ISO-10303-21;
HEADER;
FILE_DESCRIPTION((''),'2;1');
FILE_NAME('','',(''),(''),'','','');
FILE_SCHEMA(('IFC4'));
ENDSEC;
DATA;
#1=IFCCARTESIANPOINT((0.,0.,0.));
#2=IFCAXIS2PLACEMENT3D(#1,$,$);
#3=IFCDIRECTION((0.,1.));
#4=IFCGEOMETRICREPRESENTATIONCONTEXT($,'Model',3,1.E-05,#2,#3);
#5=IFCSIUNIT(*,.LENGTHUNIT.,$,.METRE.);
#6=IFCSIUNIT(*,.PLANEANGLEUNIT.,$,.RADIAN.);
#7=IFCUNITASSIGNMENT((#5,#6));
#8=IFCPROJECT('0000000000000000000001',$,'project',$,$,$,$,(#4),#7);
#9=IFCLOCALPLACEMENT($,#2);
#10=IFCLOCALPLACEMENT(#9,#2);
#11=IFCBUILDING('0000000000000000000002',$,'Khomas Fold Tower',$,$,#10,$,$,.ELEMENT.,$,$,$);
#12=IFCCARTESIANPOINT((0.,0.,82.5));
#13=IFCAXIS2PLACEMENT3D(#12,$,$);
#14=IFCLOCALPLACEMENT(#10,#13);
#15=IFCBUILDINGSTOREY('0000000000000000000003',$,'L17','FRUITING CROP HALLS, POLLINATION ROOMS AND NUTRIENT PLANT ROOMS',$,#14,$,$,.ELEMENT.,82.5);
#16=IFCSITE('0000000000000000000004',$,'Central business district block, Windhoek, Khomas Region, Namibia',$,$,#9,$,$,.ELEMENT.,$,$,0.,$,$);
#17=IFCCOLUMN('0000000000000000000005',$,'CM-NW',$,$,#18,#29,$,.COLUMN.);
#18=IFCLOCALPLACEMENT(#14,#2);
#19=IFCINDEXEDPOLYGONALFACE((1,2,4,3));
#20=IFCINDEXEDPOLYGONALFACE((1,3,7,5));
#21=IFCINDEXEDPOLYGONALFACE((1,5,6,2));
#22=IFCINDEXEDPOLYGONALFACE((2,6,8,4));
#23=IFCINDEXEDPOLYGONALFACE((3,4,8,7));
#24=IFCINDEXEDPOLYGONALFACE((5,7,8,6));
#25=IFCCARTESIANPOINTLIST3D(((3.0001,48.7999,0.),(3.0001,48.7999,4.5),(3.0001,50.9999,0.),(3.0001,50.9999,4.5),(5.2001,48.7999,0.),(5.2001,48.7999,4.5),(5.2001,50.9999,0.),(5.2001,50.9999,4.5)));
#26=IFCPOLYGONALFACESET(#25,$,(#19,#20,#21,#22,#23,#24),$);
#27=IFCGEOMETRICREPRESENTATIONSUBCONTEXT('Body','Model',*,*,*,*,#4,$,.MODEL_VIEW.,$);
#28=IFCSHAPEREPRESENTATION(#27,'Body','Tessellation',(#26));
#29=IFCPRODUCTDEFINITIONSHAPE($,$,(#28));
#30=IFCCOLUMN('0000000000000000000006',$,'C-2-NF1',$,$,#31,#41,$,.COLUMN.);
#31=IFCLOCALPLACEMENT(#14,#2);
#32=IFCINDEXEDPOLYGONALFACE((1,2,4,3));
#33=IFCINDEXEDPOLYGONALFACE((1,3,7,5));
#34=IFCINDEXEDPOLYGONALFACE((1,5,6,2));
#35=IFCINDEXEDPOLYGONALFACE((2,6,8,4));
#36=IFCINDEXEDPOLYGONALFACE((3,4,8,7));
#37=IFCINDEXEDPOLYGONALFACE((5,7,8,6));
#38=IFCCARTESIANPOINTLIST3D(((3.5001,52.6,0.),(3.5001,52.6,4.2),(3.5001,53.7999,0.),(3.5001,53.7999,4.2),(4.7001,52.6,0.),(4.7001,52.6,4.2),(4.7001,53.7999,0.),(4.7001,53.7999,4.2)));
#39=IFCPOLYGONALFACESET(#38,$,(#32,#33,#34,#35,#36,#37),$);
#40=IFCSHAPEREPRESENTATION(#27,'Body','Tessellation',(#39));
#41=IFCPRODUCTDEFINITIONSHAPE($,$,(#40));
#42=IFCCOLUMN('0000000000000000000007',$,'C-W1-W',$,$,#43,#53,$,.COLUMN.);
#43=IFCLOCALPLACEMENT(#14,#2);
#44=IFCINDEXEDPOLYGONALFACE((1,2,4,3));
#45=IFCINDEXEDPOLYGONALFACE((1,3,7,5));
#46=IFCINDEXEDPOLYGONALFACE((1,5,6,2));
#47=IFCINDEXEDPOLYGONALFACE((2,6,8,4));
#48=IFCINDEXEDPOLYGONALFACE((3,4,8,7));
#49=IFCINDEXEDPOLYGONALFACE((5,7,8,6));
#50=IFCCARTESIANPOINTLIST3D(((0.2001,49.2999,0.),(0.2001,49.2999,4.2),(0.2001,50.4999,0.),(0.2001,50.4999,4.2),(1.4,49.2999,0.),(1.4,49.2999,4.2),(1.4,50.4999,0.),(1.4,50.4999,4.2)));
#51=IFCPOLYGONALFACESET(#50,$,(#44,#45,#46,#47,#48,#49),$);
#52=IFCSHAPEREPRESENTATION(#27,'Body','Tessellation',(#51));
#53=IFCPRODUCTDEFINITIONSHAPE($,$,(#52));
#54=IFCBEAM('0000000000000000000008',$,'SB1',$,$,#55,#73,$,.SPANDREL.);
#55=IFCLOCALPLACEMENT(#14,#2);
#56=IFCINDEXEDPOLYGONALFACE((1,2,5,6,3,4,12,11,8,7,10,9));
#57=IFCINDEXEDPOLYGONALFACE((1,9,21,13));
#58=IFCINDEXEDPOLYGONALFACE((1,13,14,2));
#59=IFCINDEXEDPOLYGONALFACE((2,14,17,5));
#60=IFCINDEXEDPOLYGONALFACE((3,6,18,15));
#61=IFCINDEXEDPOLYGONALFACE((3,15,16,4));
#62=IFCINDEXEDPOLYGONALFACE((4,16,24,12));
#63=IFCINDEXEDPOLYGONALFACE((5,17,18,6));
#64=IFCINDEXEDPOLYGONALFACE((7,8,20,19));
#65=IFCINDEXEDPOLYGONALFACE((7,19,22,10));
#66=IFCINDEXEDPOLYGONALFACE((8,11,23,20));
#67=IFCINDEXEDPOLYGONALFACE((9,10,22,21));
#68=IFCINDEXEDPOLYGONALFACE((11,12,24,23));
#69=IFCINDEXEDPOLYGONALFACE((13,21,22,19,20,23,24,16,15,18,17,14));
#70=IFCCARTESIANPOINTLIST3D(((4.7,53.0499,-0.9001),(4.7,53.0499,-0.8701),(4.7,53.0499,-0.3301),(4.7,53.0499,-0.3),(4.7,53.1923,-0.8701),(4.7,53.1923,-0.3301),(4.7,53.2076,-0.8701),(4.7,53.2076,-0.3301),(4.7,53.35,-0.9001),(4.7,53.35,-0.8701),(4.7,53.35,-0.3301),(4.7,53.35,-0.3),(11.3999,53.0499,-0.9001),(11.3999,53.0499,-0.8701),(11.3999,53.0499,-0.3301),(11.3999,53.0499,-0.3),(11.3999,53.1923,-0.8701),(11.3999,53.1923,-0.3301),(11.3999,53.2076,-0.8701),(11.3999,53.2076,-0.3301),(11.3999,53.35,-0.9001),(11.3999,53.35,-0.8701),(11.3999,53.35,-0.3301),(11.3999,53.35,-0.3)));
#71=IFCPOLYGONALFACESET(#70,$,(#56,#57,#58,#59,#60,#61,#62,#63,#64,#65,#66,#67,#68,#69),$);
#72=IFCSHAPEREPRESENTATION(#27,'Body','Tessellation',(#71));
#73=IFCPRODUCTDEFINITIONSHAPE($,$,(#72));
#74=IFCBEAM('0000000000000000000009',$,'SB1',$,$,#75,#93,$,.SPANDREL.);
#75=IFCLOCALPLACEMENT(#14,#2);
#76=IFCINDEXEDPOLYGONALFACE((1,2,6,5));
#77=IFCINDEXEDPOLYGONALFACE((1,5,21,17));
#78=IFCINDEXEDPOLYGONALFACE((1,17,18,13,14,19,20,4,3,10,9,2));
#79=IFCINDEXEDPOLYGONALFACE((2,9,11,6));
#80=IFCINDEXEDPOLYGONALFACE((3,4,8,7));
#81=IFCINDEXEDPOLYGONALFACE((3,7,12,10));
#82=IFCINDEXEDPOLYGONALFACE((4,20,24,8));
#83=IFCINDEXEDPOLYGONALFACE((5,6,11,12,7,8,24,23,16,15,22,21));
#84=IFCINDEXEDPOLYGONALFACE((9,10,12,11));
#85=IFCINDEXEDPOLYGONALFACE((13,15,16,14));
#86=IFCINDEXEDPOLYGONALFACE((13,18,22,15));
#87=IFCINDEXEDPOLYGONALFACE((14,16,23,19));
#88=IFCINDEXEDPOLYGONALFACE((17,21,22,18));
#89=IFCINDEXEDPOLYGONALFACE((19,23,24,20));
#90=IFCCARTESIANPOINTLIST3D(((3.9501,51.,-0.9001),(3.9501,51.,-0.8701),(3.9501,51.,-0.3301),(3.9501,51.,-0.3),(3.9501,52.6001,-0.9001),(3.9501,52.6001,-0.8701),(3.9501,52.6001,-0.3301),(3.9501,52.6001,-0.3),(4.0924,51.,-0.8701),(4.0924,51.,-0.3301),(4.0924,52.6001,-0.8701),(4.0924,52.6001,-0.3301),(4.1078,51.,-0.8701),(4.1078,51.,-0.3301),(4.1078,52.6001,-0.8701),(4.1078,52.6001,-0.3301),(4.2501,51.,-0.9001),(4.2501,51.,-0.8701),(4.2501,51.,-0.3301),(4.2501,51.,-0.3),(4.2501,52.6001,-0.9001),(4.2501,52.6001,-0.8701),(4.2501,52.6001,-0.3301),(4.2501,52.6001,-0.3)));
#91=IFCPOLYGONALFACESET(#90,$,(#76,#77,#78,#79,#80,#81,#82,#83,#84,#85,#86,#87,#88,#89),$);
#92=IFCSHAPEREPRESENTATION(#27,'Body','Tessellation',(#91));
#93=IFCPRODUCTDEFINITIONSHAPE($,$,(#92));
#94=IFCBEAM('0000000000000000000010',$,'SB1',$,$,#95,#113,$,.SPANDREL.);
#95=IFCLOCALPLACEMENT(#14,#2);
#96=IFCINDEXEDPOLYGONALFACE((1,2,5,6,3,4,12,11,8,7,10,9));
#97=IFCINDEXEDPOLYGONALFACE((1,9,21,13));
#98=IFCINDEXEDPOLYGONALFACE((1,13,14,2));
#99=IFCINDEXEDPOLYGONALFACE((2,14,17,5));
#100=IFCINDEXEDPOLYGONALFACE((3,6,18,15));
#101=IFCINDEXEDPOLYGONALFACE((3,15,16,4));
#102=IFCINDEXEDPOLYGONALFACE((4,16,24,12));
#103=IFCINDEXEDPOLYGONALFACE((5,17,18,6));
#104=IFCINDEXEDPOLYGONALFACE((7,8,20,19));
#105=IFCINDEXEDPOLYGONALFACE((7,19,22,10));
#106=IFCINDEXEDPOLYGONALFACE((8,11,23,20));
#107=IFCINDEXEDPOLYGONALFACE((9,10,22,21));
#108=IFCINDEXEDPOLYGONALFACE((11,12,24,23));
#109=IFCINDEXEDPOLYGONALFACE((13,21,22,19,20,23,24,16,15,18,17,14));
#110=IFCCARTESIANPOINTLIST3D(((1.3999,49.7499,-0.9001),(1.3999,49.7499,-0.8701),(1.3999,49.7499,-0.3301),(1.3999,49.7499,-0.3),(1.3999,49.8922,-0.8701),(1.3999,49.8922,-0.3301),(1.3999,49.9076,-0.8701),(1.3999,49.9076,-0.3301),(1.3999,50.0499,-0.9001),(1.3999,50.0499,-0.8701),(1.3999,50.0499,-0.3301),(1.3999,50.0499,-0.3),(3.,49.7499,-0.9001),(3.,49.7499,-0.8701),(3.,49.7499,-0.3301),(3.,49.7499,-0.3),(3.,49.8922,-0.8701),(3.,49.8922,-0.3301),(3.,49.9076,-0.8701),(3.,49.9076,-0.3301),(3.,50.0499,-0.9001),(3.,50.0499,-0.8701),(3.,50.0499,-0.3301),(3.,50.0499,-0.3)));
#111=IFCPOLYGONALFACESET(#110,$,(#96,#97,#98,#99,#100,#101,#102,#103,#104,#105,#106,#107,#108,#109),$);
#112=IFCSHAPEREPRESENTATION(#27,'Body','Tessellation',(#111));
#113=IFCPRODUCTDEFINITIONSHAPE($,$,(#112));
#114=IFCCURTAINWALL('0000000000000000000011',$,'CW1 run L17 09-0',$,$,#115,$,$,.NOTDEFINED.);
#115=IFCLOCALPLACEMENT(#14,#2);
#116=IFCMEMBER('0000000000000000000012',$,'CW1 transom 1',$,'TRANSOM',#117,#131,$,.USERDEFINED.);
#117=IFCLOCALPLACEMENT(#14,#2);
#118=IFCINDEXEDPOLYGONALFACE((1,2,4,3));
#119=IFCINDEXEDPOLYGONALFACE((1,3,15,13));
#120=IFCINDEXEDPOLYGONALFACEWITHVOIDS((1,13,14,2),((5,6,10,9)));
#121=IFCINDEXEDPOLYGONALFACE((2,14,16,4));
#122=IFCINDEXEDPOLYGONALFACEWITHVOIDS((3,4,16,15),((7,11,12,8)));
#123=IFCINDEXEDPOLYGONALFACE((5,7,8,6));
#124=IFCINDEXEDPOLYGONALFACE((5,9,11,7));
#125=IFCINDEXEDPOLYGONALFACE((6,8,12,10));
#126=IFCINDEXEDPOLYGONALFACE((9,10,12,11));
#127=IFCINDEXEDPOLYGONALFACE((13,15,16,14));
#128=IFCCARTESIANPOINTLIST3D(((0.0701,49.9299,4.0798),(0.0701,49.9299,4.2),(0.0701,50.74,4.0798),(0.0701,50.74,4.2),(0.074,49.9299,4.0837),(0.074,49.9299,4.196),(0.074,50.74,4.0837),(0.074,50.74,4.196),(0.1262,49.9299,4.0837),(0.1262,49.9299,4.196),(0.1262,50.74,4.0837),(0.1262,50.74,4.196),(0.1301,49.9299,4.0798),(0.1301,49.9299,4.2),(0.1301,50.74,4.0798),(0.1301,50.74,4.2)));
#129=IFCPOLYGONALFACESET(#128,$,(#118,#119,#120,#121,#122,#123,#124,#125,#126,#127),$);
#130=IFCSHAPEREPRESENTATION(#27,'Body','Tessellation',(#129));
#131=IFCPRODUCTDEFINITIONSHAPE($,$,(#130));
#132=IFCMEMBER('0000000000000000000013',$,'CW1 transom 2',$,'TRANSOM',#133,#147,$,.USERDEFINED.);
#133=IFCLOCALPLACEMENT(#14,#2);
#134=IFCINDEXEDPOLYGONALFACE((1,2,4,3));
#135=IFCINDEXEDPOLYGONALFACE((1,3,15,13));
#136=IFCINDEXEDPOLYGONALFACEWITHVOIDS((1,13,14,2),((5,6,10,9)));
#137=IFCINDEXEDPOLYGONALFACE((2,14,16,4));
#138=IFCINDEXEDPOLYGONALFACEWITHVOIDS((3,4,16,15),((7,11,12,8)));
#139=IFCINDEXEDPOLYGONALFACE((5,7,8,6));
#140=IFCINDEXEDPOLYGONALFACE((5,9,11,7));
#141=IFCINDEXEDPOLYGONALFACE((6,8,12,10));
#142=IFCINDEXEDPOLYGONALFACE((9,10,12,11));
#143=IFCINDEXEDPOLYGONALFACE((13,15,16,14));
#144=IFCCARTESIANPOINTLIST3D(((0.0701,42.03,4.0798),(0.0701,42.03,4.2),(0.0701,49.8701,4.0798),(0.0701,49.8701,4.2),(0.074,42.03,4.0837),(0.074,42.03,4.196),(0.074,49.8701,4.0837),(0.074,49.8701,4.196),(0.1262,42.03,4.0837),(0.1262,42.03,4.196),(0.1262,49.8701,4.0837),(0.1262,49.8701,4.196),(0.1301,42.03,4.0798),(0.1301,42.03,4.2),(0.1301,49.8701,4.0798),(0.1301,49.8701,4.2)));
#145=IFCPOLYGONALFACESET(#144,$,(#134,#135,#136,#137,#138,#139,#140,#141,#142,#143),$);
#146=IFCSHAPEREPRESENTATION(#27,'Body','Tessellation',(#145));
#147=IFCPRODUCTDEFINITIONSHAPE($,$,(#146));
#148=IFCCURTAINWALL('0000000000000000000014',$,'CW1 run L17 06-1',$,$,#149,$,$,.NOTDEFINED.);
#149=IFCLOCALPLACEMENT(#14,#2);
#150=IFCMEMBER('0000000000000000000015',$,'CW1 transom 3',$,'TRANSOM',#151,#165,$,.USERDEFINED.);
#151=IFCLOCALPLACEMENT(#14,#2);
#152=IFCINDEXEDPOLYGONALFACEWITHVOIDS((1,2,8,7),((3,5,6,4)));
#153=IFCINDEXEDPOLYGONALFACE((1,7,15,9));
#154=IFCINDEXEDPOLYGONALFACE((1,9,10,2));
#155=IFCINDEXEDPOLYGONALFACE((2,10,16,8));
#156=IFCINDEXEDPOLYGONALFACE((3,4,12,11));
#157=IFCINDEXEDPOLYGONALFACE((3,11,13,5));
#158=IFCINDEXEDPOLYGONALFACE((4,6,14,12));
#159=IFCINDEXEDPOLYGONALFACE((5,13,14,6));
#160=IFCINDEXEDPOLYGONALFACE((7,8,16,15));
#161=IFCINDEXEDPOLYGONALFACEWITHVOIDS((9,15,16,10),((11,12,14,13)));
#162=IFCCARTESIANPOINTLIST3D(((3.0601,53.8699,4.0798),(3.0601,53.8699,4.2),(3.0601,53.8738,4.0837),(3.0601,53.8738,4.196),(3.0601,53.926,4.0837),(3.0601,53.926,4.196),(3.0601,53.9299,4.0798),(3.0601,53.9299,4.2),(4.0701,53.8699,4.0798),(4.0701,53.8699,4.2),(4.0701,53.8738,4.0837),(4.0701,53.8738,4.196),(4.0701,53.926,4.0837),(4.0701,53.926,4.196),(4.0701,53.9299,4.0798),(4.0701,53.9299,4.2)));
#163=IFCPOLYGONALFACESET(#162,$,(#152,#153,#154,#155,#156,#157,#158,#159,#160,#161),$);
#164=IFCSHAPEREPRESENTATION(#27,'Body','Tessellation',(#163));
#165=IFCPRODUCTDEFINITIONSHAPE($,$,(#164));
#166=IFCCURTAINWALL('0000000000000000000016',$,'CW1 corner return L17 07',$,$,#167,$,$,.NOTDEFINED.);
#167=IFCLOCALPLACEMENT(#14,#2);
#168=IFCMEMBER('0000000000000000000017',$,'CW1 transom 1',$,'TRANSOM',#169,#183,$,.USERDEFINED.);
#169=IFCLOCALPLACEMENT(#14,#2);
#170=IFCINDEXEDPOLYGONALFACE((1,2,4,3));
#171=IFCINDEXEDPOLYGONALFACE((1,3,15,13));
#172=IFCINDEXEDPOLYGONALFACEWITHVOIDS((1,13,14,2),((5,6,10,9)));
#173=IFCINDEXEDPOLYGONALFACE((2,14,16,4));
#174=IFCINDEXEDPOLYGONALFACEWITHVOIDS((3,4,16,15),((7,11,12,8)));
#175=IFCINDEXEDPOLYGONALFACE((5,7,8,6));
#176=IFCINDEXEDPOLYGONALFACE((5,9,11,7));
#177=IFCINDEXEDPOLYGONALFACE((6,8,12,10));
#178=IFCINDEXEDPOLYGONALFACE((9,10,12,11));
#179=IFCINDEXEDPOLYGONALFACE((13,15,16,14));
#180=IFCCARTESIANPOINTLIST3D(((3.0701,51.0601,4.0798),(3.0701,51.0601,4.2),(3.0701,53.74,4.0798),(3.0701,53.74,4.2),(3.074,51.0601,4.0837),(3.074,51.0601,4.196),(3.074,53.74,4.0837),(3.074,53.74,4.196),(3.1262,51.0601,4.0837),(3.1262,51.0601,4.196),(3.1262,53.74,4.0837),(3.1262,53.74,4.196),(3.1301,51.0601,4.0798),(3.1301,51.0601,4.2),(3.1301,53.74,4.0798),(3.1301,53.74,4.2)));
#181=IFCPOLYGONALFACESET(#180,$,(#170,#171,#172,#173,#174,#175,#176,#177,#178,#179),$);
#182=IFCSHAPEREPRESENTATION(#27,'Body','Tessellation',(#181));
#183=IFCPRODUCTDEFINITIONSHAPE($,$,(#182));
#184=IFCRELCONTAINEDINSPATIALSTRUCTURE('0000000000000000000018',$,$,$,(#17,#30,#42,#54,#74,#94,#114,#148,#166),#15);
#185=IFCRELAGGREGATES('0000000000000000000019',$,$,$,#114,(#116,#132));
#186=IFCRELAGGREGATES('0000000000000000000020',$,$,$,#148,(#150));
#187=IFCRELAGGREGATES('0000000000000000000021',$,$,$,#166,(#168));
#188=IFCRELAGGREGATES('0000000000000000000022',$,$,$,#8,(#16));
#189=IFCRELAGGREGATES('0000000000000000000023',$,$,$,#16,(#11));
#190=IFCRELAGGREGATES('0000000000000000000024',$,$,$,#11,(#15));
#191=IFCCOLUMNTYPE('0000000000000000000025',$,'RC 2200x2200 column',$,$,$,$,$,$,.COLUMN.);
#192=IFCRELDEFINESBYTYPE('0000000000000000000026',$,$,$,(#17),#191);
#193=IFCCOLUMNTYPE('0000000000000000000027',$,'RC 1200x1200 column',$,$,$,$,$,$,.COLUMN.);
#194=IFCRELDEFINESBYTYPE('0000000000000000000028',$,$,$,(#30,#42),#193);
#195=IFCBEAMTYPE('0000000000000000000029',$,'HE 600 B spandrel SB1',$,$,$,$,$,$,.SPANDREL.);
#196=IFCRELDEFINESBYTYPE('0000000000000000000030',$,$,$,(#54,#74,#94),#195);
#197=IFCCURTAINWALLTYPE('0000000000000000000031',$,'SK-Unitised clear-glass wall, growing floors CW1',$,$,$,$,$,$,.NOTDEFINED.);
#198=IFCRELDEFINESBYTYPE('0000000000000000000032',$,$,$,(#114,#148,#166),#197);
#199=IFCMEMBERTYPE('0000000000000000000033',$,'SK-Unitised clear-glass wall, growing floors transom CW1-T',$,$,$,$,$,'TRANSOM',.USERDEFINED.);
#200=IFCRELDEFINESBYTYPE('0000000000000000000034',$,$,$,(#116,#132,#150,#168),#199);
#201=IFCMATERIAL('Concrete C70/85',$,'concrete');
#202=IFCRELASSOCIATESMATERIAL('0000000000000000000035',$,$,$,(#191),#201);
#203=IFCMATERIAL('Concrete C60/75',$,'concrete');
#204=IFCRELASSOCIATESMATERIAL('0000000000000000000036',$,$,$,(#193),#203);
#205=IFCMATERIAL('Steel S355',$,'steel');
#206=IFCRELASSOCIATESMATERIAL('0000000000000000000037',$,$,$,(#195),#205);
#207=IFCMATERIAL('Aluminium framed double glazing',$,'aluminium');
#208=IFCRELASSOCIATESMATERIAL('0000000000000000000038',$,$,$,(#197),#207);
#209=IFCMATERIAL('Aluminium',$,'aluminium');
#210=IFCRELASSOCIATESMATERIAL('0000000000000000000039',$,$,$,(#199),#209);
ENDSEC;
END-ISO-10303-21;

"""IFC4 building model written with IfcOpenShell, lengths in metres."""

from ifc_helpers import new_model, si_unit, direction, frame, origin, origin_2d, place, context, subcontext, project, spatial, rectangle, hollow_rectangle, i_section, extrude, source, transform, mapped, material, material_profile, profile_set, type_object, element, aggregate, save


model = new_model("IFC4")

# Units and contexts
model_context = context("Model", 3, precision=1e-05, world=origin(), true_north=direction((0.0, 1.0)))
body_context = subcontext(model_context, "Body", "Model", "MODEL_VIEW")
ifc_project = project(units=[si_unit("LENGTHUNIT", "METRE"), si_unit("PLANEANGLEUNIT", "RADIAN")], contexts=[model_context])

# Site, building, storey
site_placement = place(None, origin())
site = spatial("IfcSite", under=ifc_project, at=site_placement, Name="Central business district block, Windhoek, Khomas Region, Namibia", CompositionType="ELEMENT", RefElevation=0.0)
building_placement = place(site_placement, origin())
building = spatial("IfcBuilding", under=site, at=building_placement, Name="Khomas Fold Tower", CompositionType="ELEMENT")
storey_placement = place(building_placement, frame((0.0, 0.0, 82.5)))
storey = spatial("IfcBuildingStorey", under=building, at=storey_placement, Name="L17", Description="FRUITING CROP HALLS, POLLINATION ROOMS AND NUTRIENT PLANT ROOMS", CompositionType="ELEMENT", Elevation=82.5)

# Columns
ifc_material_1 = material(Name="Concrete C70/85", Category="concrete")
ifc_material_profile_1 = material_profile(ifc_material_1, rectangle(XDim=2.2, YDim=2.2, at=origin_2d()), Name="RC 2200x2200")
ifc_profile_set_1 = profile_set([ifc_material_profile_1], Name="Concrete C70/85")
column_type_1 = type_object("IfcColumnType", Name="RC 2200x2200 column", PredefinedType="COLUMN", material=ifc_profile_set_1)
shared_shape_1 = source(origin(), body_context, "Body", "SweptSolid", [
    extrude(rectangle(XDim=2.2, YDim=2.2, at=origin_2d()), origin(), (0.0, 0.0, 1.0), 4.5),
])
column_placement = place(storey_placement, frame((4.1001, 49.8999, 0.0), z_axis=(0.0, 0.0, 1.0), x_axis=(1.0, 0.0, 0.0)))
element("IfcColumn", 1, at=column_placement, inside=storey, type_object=column_type_1, Name="CM-NW", PredefinedType="COLUMN", context=body_context, shape_type="MappedRepresentation", body=[
    mapped(shared_shape_1, transform((0.0, 0.0, 0.0))),
])
ifc_material_2 = material(Name="Concrete C60/75", Category="concrete")
ifc_material_profile_2 = material_profile(ifc_material_2, rectangle(XDim=1.2, YDim=1.2, at=origin_2d()), Name="RC 1200x1200")
ifc_profile_set_2 = profile_set([ifc_material_profile_2], Name="Concrete C60/75")
column_type_2 = type_object("IfcColumnType", Name="RC 1200x1200 column", PredefinedType="COLUMN", material=ifc_profile_set_2)
shared_shape_2 = source(origin(), body_context, "Body", "SweptSolid", [
    extrude(rectangle(XDim=1.2, YDim=1.2, at=origin_2d()), origin(), (0.0, 0.0, 1.0), 4.2),
])
for number, where, z_axis, x_axis, name in (
    (2, (4.1001, 53.2, 0.0), (0.0, 0.0, 1.0), (1.0, 0.0, 0.0), "C-2-NF1"),
    (3, (0.8, 49.8999, 0.0), (0.0, 0.0, 1.0), (1.0, 0.0, 0.0), "C-W1-W"),
):
    element("IfcColumn", number, at=place(storey_placement, frame(where, z_axis=z_axis, x_axis=x_axis)), inside=storey, type_object=column_type_2, Name=name, PredefinedType="COLUMN", context=body_context, shape_type="MappedRepresentation", body=[
        mapped(shared_shape_2, transform((0.0, 0.0, 0.0))),
    ])

# Beams
ifc_material_3 = material(Name="Steel S355", Category="steel")
ifc_material_profile_3 = material_profile(ifc_material_3, i_section(OverallWidth=0.3, OverallDepth=0.6001, WebThickness=0.0154, FlangeThickness=0.03, at=origin_2d()), Name="HE 600 B")
ifc_profile_set_3 = profile_set([ifc_material_profile_3], Name="Steel S355")
beam_type = type_object("IfcBeamType", Name="HE 600 B spandrel SB1", PredefinedType="SPANDREL", material=ifc_profile_set_3)
shared_shape_3 = source(origin(), body_context, "Body", "SweptSolid", [
    extrude(i_section(OverallWidth=0.3, OverallDepth=0.6001, WebThickness=0.0154, FlangeThickness=0.03, at=origin_2d()), origin(), (0.0, 0.0, 1.0), 6.7),
])
beam_placement = place(storey_placement, frame((4.7, 53.2, -0.6001), z_axis=(1.0, 0.0, 0.0), x_axis=(0.0, 1.0, 0.0)))
element("IfcBeam", 4, at=beam_placement, inside=storey, type_object=beam_type, Name="SB1", PredefinedType="SPANDREL", context=body_context, shape_type="MappedRepresentation", body=[
    mapped(shared_shape_3, transform((0.0, 0.0, 0.0))),
])
shared_shape_4 = source(origin(), body_context, "Body", "SweptSolid", [
    extrude(i_section(OverallWidth=0.3, OverallDepth=0.6001, WebThickness=0.0154, FlangeThickness=0.03, at=origin_2d()), origin(), (0.0, 0.0, 1.0), 1.6001),
])
for number, where, z_axis, x_axis, name in (
    (5, (4.1001, 51.0, -0.6001), (0.0, 1.0, 0.0), (-1.0, 0.0, 0.0), "SB1"),
    (6, (1.3999, 49.8999, -0.6001), (1.0, 0.0, 0.0), (0.0, 1.0, 0.0), "SB1"),
):
    element("IfcBeam", number, at=place(storey_placement, frame(where, z_axis=z_axis, x_axis=x_axis)), inside=storey, type_object=beam_type, Name=name, PredefinedType="SPANDREL", context=body_context, shape_type="MappedRepresentation", body=[
        mapped(shared_shape_4, transform((0.0, 0.0, 0.0))),
    ])

# Curtain wall, members
ifc_material_4 = material(Name="Aluminium framed double glazing", Category="aluminium")
curtain_wall_type = type_object("IfcCurtainWallType", Name="SK-Unitised clear-glass wall, growing floors CW1", PredefinedType="NOTDEFINED", material=ifc_material_4)
curtain_wall_1_placement = place(storey_placement, origin())
curtain_wall_1 = element("IfcCurtainWall", 7, at=curtain_wall_1_placement, inside=storey, type_object=curtain_wall_type, Name="CW1 run L17 09-0", PredefinedType="NOTDEFINED")
ifc_material_5 = material(Name="Aluminium", Category="aluminium")
ifc_material_profile_4 = material_profile(ifc_material_5, hollow_rectangle(XDim=0.0601, YDim=0.1201, WallThickness=0.0039, at=origin_2d()), Name="SK-Unitised clear-glass wall, growing floors transom CW1-T")
ifc_profile_set_4 = profile_set([ifc_material_profile_4], Name="Aluminium")
member_type_1 = type_object("IfcMemberType", Name="SK-Unitised clear-glass wall, growing floors transom CW1-T", ElementType="TRANSOM", PredefinedType="USERDEFINED", material=ifc_profile_set_4)
shared_shape_5 = source(origin(), body_context, "Body", "SweptSolid", [
    extrude(hollow_rectangle(XDim=0.0601, YDim=0.1201, WallThickness=0.0039, at=origin_2d()), origin(), (0.0, 0.0, 1.0), 0.8101),
])
member_1_placement = place(storey_placement, frame((0.1001, 50.74, 4.1399), z_axis=(0.0, -1.0, 0.0), x_axis=(1.0, 0.0, 0.0)))
member_1 = element("IfcMember", 8, at=member_1_placement, type_object=member_type_1, Name="CW1 transom 1", ObjectType="TRANSOM", PredefinedType="USERDEFINED", context=body_context, shape_type="MappedRepresentation", body=[
    mapped(shared_shape_5, transform((0.0, 0.0, 0.0))),
])
shared_shape_6 = source(origin(), body_context, "Body", "SweptSolid", [
    extrude(hollow_rectangle(XDim=0.0601, YDim=0.1201, WallThickness=0.0039, at=origin_2d()), origin(), (0.0, 0.0, 1.0), 7.8401),
])
member_2_placement = place(storey_placement, frame((0.1001, 49.8701, 4.1399), z_axis=(0.0, -1.0, 0.0), x_axis=(1.0, 0.0, 0.0)))
member_2 = element("IfcMember", 9, at=member_2_placement, type_object=member_type_1, Name="CW1 transom 2", ObjectType="TRANSOM", PredefinedType="USERDEFINED", context=body_context, shape_type="MappedRepresentation", body=[
    mapped(shared_shape_6, transform((0.0, 0.0, 0.0))),
])

# Curtain walls, members
curtain_wall_2_placement = place(storey_placement, origin())
curtain_wall_2 = element("IfcCurtainWall", 10, at=curtain_wall_2_placement, inside=storey, type_object=curtain_wall_type, Name="CW1 run L17 06-1", PredefinedType="NOTDEFINED")
shared_shape_7 = source(origin(), body_context, "Body", "SweptSolid", [
    extrude(hollow_rectangle(XDim=0.0601, YDim=0.1201, WallThickness=0.0039, at=origin_2d()), origin(), (0.0, 0.0, 1.0), 1.01),
])
member_3_placement = place(storey_placement, frame((4.0701, 53.8999, 4.1399), z_axis=(-1.0, 0.0, 0.0), x_axis=(0.0, -1.0, 0.0)))
member_3 = element("IfcMember", 11, at=member_3_placement, type_object=member_type_1, Name="CW1 transom 3", ObjectType="TRANSOM", PredefinedType="USERDEFINED", context=body_context, shape_type="MappedRepresentation", body=[
    mapped(shared_shape_7, transform((0.0, 0.0, 0.0))),
])
curtain_wall_3_placement = place(storey_placement, origin())
curtain_wall_3 = element("IfcCurtainWall", 12, at=curtain_wall_3_placement, inside=storey, type_object=curtain_wall_type, Name="CW1 corner return L17 07", PredefinedType="NOTDEFINED")
shared_shape_8 = source(origin(), body_context, "Body", "SweptSolid", [
    extrude(hollow_rectangle(XDim=0.0601, YDim=0.1201, WallThickness=0.0039, at=origin_2d()), origin(), (0.0, 0.0, 1.0), 2.6799),
])
member_4_placement = place(storey_placement, frame((3.1001, 53.74, 4.1399), z_axis=(0.0, -1.0, 0.0), x_axis=(1.0, 0.0, 0.0)))
member_4 = element("IfcMember", 13, at=member_4_placement, type_object=member_type_1, Name="CW1 transom 1", ObjectType="TRANSOM", PredefinedType="USERDEFINED", context=body_context, shape_type="MappedRepresentation", body=[
    mapped(shared_shape_8, transform((0.0, 0.0, 0.0))),
])

aggregate(curtain_wall_1, [member_1, member_2])
aggregate(curtain_wall_2, [member_3])
aggregate(curtain_wall_3, [member_4])

save(model, "model.ifc")
